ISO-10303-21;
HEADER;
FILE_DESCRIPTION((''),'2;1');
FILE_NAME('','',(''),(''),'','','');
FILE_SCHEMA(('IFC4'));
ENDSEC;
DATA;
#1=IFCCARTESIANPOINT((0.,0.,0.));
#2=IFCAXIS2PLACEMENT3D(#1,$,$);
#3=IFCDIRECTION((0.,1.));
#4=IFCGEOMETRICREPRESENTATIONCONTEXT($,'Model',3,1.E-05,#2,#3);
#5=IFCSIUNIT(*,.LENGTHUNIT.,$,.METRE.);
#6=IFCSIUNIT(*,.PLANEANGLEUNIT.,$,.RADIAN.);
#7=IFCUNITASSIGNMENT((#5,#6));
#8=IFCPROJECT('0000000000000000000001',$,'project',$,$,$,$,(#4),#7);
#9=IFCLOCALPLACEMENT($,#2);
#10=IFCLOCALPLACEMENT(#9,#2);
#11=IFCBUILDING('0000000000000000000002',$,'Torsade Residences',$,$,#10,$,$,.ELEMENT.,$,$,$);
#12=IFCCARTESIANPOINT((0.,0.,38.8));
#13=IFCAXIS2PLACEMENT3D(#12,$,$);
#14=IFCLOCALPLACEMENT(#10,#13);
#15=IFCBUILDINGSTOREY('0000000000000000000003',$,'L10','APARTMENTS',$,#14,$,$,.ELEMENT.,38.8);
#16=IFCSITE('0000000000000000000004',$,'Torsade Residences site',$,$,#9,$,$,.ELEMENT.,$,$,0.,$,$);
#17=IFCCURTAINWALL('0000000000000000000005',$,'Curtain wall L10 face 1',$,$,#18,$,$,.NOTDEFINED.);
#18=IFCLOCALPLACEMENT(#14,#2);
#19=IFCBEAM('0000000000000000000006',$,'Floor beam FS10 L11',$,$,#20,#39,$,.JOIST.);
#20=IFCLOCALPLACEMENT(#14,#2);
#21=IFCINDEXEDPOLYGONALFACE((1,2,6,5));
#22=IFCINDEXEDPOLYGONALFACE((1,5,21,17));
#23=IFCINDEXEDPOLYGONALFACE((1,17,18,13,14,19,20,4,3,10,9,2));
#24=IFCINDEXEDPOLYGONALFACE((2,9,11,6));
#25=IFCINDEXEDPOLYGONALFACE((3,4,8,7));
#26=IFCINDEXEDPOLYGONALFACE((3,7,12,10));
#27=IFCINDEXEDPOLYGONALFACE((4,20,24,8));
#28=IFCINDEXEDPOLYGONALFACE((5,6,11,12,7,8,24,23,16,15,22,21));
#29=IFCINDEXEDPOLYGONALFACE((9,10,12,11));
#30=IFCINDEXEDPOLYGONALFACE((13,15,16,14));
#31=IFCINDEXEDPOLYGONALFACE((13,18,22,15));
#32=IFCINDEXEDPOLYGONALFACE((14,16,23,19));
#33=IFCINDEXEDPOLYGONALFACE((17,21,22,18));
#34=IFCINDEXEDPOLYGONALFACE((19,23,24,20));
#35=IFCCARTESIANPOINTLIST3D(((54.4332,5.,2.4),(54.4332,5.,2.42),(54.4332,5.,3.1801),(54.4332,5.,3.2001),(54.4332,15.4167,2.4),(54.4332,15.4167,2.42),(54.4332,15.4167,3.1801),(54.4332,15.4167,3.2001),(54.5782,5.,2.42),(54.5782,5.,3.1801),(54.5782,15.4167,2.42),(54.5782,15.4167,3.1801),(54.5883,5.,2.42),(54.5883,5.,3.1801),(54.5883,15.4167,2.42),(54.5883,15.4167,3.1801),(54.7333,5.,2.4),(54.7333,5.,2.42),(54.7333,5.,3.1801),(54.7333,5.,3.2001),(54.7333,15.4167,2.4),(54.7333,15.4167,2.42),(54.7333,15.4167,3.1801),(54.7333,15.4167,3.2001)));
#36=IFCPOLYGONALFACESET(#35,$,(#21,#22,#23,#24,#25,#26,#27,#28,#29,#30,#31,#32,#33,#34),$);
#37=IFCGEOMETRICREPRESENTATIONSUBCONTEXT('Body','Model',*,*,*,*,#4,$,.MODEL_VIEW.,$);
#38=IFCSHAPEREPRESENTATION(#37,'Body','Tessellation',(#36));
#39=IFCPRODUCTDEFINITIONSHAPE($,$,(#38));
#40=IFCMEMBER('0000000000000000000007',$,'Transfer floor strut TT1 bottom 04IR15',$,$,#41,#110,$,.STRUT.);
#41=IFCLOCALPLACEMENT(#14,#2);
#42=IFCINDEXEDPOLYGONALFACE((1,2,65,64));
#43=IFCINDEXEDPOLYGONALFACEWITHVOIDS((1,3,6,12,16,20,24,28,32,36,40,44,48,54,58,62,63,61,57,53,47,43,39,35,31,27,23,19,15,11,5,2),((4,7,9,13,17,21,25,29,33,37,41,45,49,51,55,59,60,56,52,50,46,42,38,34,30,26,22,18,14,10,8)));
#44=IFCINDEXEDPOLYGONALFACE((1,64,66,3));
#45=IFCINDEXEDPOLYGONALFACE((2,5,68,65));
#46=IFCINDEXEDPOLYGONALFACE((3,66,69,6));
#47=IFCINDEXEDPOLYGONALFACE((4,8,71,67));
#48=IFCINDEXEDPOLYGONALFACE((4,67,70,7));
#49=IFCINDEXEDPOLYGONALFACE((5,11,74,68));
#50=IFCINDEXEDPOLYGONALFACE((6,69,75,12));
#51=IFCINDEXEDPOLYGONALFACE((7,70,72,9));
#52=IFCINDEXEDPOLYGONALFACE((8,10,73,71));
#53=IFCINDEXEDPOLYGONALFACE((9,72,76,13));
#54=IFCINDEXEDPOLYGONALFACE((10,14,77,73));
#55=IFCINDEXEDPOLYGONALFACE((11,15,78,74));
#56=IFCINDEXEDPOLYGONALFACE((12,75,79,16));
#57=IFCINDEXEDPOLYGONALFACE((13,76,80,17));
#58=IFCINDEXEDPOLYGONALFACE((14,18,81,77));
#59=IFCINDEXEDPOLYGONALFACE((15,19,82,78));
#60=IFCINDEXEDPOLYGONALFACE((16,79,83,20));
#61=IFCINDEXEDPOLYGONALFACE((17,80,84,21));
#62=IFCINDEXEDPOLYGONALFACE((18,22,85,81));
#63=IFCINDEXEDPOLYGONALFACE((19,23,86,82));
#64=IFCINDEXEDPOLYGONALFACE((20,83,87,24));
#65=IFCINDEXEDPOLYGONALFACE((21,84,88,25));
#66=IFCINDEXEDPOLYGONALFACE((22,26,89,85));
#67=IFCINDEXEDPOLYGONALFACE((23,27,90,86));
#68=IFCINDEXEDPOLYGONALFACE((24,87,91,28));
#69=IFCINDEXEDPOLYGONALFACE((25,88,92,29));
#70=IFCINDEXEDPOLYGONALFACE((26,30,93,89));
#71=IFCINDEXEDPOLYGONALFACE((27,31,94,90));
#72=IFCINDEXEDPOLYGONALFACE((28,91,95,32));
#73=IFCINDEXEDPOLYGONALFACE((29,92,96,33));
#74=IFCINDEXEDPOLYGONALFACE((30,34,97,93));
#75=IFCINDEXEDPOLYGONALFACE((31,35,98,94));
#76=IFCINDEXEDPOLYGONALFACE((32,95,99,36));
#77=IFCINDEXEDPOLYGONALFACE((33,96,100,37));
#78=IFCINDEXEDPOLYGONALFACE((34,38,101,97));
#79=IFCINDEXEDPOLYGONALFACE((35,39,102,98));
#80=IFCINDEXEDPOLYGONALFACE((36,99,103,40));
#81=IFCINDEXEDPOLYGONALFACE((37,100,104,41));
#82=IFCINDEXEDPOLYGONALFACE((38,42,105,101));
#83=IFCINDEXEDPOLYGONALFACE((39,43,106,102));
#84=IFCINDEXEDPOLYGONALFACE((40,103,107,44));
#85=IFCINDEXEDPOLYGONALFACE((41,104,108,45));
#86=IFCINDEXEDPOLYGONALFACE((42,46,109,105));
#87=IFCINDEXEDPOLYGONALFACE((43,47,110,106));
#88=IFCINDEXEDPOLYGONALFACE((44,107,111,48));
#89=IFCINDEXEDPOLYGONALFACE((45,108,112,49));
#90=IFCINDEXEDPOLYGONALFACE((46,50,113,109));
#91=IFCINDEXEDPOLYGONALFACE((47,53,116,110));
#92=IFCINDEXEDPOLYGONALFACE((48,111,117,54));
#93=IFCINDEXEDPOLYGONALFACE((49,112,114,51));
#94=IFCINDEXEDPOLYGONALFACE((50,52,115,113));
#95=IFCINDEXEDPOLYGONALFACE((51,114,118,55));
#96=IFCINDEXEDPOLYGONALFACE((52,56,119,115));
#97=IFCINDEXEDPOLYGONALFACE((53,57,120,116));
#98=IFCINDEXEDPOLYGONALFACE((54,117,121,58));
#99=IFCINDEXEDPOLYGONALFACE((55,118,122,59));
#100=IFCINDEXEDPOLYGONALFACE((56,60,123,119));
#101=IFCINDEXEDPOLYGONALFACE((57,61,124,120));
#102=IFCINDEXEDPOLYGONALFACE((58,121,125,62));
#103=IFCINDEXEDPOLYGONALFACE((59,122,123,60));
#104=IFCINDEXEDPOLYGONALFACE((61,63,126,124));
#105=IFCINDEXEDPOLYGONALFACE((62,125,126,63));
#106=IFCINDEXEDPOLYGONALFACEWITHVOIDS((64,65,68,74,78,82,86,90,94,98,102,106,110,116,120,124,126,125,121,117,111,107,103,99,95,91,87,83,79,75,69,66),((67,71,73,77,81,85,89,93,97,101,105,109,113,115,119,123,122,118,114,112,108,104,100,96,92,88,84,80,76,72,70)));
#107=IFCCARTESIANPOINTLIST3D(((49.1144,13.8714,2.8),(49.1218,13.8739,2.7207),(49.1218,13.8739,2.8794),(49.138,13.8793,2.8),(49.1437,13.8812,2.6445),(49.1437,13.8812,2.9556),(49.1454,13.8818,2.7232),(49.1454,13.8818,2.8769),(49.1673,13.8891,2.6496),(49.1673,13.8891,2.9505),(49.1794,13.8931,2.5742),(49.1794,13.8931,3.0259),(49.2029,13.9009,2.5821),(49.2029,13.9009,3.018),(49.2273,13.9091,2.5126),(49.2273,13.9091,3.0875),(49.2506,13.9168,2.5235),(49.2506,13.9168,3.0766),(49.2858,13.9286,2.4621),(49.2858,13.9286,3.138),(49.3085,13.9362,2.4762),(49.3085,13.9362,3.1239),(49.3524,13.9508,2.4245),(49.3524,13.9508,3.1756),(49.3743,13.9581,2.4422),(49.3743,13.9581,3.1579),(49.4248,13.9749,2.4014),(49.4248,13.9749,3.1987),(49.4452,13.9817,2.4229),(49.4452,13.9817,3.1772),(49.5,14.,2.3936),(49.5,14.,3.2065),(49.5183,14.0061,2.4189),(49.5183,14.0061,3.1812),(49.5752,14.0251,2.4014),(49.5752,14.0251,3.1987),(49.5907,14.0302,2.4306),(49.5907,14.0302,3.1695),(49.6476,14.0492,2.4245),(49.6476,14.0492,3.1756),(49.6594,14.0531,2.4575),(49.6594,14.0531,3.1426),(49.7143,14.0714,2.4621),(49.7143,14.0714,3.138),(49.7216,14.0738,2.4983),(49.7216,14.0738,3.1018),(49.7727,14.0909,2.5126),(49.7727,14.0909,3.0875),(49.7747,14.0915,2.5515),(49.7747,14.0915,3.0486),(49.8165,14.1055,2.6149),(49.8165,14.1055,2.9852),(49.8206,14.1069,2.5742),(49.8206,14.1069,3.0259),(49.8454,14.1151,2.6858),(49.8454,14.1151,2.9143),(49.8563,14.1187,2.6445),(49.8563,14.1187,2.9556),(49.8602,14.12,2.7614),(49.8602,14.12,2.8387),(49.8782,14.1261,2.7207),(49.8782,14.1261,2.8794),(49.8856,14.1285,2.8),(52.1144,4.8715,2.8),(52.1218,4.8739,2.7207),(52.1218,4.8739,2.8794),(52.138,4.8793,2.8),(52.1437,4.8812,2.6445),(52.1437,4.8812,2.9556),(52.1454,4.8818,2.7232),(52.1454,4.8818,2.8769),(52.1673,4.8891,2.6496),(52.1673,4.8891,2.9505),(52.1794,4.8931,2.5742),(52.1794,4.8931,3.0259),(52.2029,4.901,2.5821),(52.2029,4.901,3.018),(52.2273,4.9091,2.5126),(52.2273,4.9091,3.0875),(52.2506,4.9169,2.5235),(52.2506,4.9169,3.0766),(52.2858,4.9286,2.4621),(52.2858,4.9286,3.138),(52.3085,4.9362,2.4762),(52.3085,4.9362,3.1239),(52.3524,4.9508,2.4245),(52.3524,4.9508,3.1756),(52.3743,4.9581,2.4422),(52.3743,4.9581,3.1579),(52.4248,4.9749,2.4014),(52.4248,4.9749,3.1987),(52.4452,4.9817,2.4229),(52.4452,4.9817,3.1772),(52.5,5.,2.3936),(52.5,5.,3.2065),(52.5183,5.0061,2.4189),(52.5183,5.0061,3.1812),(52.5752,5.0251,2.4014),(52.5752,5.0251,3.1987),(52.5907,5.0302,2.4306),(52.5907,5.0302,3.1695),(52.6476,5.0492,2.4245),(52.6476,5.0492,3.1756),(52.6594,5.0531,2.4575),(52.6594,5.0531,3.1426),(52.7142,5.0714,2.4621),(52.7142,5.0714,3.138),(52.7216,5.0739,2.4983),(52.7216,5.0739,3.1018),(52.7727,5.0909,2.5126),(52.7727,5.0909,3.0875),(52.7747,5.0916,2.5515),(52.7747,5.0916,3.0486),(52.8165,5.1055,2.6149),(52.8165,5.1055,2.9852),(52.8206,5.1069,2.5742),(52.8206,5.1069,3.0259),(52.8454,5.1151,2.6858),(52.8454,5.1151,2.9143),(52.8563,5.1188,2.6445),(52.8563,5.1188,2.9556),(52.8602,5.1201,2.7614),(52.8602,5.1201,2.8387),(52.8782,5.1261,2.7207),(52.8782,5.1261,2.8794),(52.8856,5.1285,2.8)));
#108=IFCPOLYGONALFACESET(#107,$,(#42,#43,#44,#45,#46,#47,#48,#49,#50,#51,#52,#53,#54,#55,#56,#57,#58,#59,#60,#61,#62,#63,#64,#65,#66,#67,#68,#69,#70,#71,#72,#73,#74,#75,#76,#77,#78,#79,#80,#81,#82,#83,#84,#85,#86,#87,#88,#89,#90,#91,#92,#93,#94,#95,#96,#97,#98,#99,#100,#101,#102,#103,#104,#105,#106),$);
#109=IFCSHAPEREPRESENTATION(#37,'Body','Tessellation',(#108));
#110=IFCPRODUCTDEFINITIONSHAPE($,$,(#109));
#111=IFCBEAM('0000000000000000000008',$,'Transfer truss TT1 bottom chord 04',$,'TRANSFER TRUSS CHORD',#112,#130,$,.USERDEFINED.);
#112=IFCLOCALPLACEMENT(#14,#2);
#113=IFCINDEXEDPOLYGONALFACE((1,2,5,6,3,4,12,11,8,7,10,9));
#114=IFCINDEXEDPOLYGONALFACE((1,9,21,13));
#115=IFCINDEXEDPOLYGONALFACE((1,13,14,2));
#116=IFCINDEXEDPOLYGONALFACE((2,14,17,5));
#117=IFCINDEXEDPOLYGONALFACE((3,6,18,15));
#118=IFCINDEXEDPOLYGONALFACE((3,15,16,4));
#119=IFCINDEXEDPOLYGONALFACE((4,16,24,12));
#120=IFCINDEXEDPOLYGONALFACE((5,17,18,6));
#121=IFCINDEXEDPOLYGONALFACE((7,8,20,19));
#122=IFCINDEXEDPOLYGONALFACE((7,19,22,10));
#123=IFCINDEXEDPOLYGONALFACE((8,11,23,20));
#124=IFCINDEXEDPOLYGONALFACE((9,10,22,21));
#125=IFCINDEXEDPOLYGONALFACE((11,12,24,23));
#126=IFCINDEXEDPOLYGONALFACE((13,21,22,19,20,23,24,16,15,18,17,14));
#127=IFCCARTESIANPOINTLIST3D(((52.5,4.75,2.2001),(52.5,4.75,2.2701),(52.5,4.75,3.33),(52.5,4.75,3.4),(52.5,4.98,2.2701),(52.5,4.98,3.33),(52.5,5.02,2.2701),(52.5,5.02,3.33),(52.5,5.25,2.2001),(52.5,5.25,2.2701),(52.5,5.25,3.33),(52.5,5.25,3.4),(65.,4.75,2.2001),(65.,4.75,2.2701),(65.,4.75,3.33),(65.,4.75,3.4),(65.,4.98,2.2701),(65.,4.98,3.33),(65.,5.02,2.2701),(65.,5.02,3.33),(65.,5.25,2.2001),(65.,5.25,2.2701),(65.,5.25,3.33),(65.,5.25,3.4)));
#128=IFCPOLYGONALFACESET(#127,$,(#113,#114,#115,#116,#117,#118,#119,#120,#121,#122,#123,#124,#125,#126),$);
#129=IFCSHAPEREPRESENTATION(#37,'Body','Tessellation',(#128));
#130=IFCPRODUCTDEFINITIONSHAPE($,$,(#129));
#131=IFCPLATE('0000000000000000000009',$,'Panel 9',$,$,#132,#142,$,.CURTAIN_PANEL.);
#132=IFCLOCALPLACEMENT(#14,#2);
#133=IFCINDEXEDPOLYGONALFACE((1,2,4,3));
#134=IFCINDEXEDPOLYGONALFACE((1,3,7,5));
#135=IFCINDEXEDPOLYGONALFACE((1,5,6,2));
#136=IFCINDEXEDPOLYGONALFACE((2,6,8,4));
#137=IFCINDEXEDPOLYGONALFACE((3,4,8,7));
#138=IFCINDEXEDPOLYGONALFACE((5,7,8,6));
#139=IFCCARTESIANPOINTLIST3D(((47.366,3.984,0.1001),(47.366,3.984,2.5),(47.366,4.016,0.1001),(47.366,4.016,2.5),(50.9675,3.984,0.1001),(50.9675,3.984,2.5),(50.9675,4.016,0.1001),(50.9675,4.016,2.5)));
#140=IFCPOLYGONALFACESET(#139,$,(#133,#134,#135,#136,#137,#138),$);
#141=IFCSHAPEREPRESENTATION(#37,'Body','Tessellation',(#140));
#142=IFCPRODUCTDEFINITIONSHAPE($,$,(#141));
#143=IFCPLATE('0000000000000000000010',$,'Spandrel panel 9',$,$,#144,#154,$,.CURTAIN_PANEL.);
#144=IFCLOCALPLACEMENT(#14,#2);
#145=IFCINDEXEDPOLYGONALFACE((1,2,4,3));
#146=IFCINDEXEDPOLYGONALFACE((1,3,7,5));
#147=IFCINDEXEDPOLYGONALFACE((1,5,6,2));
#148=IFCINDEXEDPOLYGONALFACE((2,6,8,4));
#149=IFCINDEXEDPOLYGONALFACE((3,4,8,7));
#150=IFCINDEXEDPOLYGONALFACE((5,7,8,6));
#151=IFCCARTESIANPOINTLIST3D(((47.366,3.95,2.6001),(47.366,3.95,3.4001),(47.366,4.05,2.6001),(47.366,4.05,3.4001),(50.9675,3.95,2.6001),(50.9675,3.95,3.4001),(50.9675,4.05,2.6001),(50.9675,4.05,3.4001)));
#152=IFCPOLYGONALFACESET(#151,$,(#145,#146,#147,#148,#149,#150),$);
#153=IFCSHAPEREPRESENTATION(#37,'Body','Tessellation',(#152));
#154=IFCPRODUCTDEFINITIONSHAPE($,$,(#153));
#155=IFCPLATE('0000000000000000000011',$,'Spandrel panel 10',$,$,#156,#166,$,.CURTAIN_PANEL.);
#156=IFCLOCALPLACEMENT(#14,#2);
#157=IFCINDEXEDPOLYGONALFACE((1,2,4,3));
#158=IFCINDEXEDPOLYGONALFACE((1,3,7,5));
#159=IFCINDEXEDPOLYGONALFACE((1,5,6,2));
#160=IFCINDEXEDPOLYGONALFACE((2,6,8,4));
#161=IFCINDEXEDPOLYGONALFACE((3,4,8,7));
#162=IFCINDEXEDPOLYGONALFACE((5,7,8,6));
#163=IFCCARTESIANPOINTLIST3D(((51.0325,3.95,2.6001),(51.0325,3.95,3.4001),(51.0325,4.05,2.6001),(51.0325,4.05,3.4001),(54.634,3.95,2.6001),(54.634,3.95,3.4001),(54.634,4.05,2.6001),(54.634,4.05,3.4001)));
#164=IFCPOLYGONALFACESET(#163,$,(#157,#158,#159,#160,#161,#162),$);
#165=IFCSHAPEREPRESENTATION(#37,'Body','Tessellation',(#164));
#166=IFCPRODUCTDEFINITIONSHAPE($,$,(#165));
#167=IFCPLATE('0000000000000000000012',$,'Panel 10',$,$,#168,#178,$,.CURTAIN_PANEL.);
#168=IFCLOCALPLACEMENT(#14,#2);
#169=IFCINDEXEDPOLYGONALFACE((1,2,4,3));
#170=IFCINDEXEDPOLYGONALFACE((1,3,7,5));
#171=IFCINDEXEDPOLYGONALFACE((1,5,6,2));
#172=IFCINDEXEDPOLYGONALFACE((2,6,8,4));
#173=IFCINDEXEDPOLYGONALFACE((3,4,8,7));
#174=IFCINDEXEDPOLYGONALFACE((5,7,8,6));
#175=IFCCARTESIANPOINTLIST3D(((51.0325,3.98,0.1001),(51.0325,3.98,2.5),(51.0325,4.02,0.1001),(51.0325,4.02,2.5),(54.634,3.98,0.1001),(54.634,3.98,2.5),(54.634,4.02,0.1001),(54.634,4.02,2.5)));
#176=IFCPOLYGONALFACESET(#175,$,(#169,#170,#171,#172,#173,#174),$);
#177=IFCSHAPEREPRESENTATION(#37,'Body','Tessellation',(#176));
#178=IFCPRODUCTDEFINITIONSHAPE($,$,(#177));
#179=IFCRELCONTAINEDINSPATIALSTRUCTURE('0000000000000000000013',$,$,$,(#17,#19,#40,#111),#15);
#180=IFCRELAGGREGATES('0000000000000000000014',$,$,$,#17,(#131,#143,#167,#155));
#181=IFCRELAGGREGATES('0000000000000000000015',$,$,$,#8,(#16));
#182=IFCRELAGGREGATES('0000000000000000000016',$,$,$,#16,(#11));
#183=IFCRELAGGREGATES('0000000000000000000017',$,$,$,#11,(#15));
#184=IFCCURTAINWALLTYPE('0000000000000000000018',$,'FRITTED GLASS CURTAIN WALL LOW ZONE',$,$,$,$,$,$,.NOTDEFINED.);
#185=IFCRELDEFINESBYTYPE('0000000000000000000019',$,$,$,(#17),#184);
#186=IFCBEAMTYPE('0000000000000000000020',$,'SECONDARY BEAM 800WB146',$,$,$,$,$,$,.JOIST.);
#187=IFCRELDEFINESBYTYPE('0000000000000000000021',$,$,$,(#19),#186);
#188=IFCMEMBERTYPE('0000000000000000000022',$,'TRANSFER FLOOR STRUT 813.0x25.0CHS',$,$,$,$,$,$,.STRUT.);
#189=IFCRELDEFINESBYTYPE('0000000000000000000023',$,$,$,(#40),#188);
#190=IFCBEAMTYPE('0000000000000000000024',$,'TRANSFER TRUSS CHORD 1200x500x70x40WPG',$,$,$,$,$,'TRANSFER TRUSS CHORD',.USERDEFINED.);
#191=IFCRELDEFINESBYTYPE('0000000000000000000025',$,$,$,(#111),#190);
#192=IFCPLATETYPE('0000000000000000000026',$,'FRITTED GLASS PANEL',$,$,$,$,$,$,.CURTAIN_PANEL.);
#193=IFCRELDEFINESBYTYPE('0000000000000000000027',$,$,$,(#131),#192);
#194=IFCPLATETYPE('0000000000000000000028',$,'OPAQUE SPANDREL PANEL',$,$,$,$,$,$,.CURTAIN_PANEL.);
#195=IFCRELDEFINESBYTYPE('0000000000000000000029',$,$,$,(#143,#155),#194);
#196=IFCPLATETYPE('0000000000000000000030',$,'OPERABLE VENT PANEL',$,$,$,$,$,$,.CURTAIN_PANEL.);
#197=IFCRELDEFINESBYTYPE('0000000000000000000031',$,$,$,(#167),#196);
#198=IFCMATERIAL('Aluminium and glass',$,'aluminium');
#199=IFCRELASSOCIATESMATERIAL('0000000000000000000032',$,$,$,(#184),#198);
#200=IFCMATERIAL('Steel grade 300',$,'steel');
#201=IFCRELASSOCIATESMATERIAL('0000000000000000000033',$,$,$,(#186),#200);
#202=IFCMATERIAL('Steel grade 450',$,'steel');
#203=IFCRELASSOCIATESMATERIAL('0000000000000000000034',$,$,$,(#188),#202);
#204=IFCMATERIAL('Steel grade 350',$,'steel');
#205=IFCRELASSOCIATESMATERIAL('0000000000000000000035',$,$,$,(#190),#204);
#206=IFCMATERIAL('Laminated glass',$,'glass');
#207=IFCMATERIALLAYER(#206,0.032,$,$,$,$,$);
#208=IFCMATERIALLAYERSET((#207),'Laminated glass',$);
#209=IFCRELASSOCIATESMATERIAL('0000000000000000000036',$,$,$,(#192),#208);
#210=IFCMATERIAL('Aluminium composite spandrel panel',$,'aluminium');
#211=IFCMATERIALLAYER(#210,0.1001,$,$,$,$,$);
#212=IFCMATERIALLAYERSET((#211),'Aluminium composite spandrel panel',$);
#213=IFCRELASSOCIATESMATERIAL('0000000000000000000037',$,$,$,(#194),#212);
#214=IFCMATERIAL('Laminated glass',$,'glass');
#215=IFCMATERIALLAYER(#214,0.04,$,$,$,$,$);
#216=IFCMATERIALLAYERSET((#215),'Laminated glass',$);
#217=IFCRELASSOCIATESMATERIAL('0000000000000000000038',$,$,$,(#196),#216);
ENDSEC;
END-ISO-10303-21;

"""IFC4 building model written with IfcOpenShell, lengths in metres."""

from ifc_helpers import new_model, si_unit, direction, frame, origin, origin_2d, place, context, subcontext, project, spatial, rectangle, hollow_circle, i_section, extrude, material, layer, layer_set, material_profile, profile_set, type_object, element, aggregate, save


model = new_model("IFC4")

# Units and contexts
model_context = context("Model", 3, precision=1e-05, world=origin(), true_north=direction((0.0, 1.0)))
body_context = subcontext(model_context, "Body", "Model", "MODEL_VIEW")
ifc_project = project(units=[si_unit("LENGTHUNIT", "METRE"), si_unit("PLANEANGLEUNIT", "RADIAN")], contexts=[model_context])

# Site, building, storey
site_placement = place(None, origin())
site = spatial("IfcSite", under=ifc_project, at=site_placement, Name="Torsade Residences site", CompositionType="ELEMENT", RefElevation=0.0)
building_placement = place(site_placement, origin())
building = spatial("IfcBuilding", under=site, at=building_placement, Name="Torsade Residences", CompositionType="ELEMENT")
storey_placement = place(building_placement, frame((0.0, 0.0, 38.8)))
storey = spatial("IfcBuildingStorey", under=building, at=storey_placement, Name="L10", Description="APARTMENTS", CompositionType="ELEMENT", Elevation=38.8)

# Curtain wall
ifc_material_1 = material(Name="Aluminium and glass", Category="aluminium")
curtain_wall_type = type_object("IfcCurtainWallType", Name="FRITTED GLASS CURTAIN WALL LOW ZONE", PredefinedType="NOTDEFINED", material=ifc_material_1)
curtain_wall_placement = place(storey_placement, origin())
curtain_wall = element("IfcCurtainWall", 1, at=curtain_wall_placement, inside=storey, type_object=curtain_wall_type, Name="Curtain wall L10 face 1", PredefinedType="NOTDEFINED")

# Beam
ifc_material_2 = material(Name="Steel grade 300", Category="steel")
ifc_material_profile_1 = material_profile(ifc_material_2, i_section(OverallWidth=0.3, OverallDepth=0.8, WebThickness=0.01, FlangeThickness=0.02, at=origin_2d()), Name="800WB146")
ifc_profile_set_1 = profile_set([ifc_material_profile_1], Name="Steel grade 300")
beam_type_1 = type_object("IfcBeamType", Name="SECONDARY BEAM 800WB146", PredefinedType="JOIST", material=ifc_profile_set_1)
beam_1_placement = place(storey_placement, frame((54.5833, 5.0, 2.8), z_axis=(0.0, 1.0, 0.0), x_axis=(-1.0, 0.0, 0.0)))
element("IfcBeam", 2, at=beam_1_placement, inside=storey, type_object=beam_type_1, Name="Floor beam FS10 L11", PredefinedType="JOIST", context=body_context, shape_type="SweptSolid", body=[
    extrude(i_section(OverallWidth=0.3, OverallDepth=0.8, WebThickness=0.01, FlangeThickness=0.02, at=origin_2d()), origin(), (0.0, 0.0, 1.0), 10.4167),
])

# Member
ifc_material_3 = material(Name="Steel grade 450", Category="steel")
ifc_material_profile_2 = material_profile(ifc_material_3, hollow_circle(Radius=0.4065, WallThickness=0.0249, at=origin_2d()), Name="813.0x25.0CHS")
ifc_profile_set_2 = profile_set([ifc_material_profile_2], Name="Steel grade 450")
member_type_1 = type_object("IfcMemberType", Name="TRANSFER FLOOR STRUT 813.0x25.0CHS", PredefinedType="STRUT", material=ifc_profile_set_2)
member_1_placement = place(storey_placement, frame((52.5, 5.0, 2.8), z_axis=(-0.316228, 0.948683, 0.0), x_axis=(-0.948683, -0.316228, 0.0)))
element("IfcMember", 3, at=member_1_placement, inside=storey, type_object=member_type_1, Name="Transfer floor strut TT1 bottom 04IR15", PredefinedType="STRUT", context=body_context, shape_type="SweptSolid", body=[
    extrude(hollow_circle(Radius=0.4065, WallThickness=0.0249, at=origin_2d()), origin(), (0.0, 0.0, 1.0), 9.4868),
])

# Beam
ifc_material_4 = material(Name="Steel grade 350", Category="steel")
ifc_material_profile_3 = material_profile(ifc_material_4, i_section(OverallWidth=0.5, OverallDepth=1.2, WebThickness=0.04, FlangeThickness=0.0701, at=origin_2d()), Name="1200x500x70x40WPG")
ifc_profile_set_3 = profile_set([ifc_material_profile_3], Name="Steel grade 350")
beam_type_2 = type_object("IfcBeamType", Name="TRANSFER TRUSS CHORD 1200x500x70x40WPG", ElementType="TRANSFER TRUSS CHORD", PredefinedType="USERDEFINED", material=ifc_profile_set_3)
beam_2_placement = place(storey_placement, frame((52.5, 5.0, 2.8), z_axis=(1.0, 0.0, 0.0), x_axis=(0.0, 1.0, 0.0)))
element("IfcBeam", 4, at=beam_2_placement, inside=storey, type_object=beam_type_2, Name="Transfer truss TT1 bottom chord 04", ObjectType="TRANSFER TRUSS CHORD", PredefinedType="USERDEFINED", context=body_context, shape_type="SweptSolid", body=[
    extrude(i_section(OverallWidth=0.5, OverallDepth=1.2, WebThickness=0.04, FlangeThickness=0.0701, at=origin_2d()), origin(), (0.0, 0.0, 1.0), 12.5),
])

# Plates
ifc_material_5 = material(Name="Laminated glass", Category="glass")
ifc_layer_1 = layer(ifc_material_5, 0.032)
ifc_layer_set_1 = layer_set([ifc_layer_1], Name="Laminated glass")
plate_type_1 = type_object("IfcPlateType", Name="FRITTED GLASS PANEL", PredefinedType="CURTAIN_PANEL", material=ifc_layer_set_1)
plate_1_placement = place(storey_placement, frame((49.1667, 4.0, 0.1001), z_axis=(0.0, 0.0, 1.0), x_axis=(1.0, 0.0, 0.0)))
plate_1 = element("IfcPlate", 5, at=plate_1_placement, type_object=plate_type_1, Name="Panel 9", PredefinedType="CURTAIN_PANEL", context=body_context, shape_type="SweptSolid", body=[
    extrude(rectangle(XDim=3.6016, YDim=0.032, at=origin_2d()), origin(), (0.0, 0.0, 1.0), 2.3999),
])
ifc_material_6 = material(Name="Aluminium composite spandrel panel", Category="aluminium")
ifc_layer_2 = layer(ifc_material_6, 0.1001)
ifc_layer_set_2 = layer_set([ifc_layer_2], Name="Aluminium composite spandrel panel")
plate_type_2 = type_object("IfcPlateType", Name="OPAQUE SPANDREL PANEL", PredefinedType="CURTAIN_PANEL", material=ifc_layer_set_2)
plate_2_placement = place(storey_placement, frame((49.1667, 4.0, 2.6001), z_axis=(0.0, 0.0, 1.0), x_axis=(1.0, 0.0, 0.0)))
plate_2 = element("IfcPlate", 6, at=plate_2_placement, type_object=plate_type_2, Name="Spandrel panel 9", PredefinedType="CURTAIN_PANEL", context=body_context, shape_type="SweptSolid", body=[
    extrude(rectangle(XDim=3.6016, YDim=0.1001, at=origin_2d()), origin(), (0.0, 0.0, 1.0), 0.8),
])
plate_3_placement = place(storey_placement, frame((52.8333, 4.0, 2.6001), z_axis=(0.0, 0.0, 1.0), x_axis=(1.0, 0.0, 0.0)))
plate_3 = element("IfcPlate", 7, at=plate_3_placement, type_object=plate_type_2, Name="Spandrel panel 10", PredefinedType="CURTAIN_PANEL", context=body_context, shape_type="SweptSolid", body=[
    extrude(rectangle(XDim=3.6016, YDim=0.1001, at=origin_2d()), origin(), (0.0, 0.0, 1.0), 0.8),
])
ifc_material_7 = material(Name="Laminated glass", Category="glass")
ifc_layer_3 = layer(ifc_material_7, 0.04)
ifc_layer_set_3 = layer_set([ifc_layer_3], Name="Laminated glass")
plate_type_3 = type_object("IfcPlateType", Name="OPERABLE VENT PANEL", PredefinedType="CURTAIN_PANEL", material=ifc_layer_set_3)
plate_4_placement = place(storey_placement, frame((52.8333, 4.0, 0.1001), z_axis=(0.0, 0.0, 1.0), x_axis=(1.0, 0.0, 0.0)))
plate_4 = element("IfcPlate", 8, at=plate_4_placement, type_object=plate_type_3, Name="Panel 10", PredefinedType="CURTAIN_PANEL", context=body_context, shape_type="SweptSolid", body=[
    extrude(rectangle(XDim=3.6016, YDim=0.04, at=origin_2d()), origin(), (0.0, 0.0, 1.0), 2.3999),
])
aggregate(curtain_wall, [plate_1, plate_2, plate_4, plate_3])

save(model, "model.ifc")
